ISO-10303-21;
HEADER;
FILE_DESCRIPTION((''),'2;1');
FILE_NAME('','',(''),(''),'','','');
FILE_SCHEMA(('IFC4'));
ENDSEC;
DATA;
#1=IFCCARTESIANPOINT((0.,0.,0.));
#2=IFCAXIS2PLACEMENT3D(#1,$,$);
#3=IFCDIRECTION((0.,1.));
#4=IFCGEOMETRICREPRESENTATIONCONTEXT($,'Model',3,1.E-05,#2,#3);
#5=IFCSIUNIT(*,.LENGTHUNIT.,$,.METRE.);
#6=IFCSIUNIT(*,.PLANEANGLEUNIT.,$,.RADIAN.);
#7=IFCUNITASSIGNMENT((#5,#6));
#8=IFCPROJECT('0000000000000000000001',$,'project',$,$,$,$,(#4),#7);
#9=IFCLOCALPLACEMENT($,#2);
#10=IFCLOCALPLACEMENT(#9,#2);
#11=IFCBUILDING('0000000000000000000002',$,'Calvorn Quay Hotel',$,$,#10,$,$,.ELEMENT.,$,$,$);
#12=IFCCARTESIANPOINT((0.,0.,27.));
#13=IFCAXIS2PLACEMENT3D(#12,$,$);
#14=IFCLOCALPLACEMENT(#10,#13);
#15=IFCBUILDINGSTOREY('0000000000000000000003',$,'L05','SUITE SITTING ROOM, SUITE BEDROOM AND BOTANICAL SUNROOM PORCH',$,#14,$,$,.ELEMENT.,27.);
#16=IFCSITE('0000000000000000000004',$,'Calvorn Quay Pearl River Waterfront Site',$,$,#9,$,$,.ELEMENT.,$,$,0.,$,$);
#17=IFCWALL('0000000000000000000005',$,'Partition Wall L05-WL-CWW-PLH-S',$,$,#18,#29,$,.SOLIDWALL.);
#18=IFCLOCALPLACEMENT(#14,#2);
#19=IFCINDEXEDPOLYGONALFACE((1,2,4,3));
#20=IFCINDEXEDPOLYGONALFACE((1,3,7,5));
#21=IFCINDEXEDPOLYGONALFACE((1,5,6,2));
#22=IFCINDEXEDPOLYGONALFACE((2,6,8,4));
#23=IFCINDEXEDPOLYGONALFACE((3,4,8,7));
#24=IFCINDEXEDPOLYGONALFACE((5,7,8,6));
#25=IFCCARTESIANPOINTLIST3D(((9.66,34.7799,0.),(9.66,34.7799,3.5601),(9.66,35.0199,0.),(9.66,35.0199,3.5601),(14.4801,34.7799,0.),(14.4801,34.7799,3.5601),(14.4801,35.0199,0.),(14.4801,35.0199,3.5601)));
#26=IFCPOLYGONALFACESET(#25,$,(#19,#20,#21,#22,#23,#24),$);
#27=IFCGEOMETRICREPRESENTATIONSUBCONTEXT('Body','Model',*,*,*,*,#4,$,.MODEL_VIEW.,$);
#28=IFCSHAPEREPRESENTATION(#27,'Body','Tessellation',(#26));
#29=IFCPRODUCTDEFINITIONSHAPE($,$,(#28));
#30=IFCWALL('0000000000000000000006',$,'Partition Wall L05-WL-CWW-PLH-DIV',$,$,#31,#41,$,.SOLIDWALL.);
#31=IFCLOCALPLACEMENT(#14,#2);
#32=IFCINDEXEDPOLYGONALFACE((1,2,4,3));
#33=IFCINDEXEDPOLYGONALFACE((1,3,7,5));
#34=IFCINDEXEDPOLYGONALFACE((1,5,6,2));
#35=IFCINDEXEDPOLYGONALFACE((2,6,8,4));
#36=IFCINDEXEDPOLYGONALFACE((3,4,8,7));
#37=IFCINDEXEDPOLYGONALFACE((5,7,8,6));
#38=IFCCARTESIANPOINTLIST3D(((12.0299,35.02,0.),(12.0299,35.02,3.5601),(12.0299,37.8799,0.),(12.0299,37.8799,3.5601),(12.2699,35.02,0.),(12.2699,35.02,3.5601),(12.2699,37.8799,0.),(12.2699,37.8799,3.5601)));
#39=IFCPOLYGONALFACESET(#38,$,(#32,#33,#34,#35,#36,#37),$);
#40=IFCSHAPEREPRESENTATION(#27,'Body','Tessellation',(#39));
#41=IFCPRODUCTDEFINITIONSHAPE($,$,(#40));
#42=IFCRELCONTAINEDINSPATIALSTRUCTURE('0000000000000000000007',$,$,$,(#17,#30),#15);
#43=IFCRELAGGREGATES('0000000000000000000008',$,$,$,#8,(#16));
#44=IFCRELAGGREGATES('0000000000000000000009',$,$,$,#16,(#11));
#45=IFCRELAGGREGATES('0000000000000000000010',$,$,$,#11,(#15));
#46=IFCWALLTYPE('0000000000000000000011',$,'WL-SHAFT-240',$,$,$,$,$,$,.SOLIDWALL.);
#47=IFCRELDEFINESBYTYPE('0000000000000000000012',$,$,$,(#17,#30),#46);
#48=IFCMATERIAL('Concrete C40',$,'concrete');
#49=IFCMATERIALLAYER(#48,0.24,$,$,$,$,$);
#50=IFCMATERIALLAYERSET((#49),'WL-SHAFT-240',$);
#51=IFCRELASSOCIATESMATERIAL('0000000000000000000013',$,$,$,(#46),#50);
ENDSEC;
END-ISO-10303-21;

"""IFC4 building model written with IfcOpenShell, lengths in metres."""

from ifc_helpers import new_model, si_unit, direction, frame, frame_2d, origin, place, context, subcontext, project, spatial, rectangle, extrude, material, layer, layer_set, type_object, element, save


model = new_model("IFC4")

# Units and contexts
model_context = context("Model", 3, precision=1e-05, world=origin(), true_north=direction((0.0, 1.0)))
body_context = subcontext(model_context, "Body", "Model", "MODEL_VIEW")
ifc_project = project(units=[si_unit("LENGTHUNIT", "METRE"), si_unit("PLANEANGLEUNIT", "RADIAN")], contexts=[model_context])

# Site, building, storey
site_placement = place(None, origin())
site = spatial("IfcSite", under=ifc_project, at=site_placement, Name="Calvorn Quay Pearl River Waterfront Site", CompositionType="ELEMENT", RefElevation=0.0)
building_placement = place(site_placement, origin())
building = spatial("IfcBuilding", under=site, at=building_placement, Name="Calvorn Quay Hotel", CompositionType="ELEMENT")
storey_placement = place(building_placement, frame((0.0, 0.0, 27.0)))
storey = spatial("IfcBuildingStorey", under=building, at=storey_placement, Name="L05", Description="SUITE SITTING ROOM, SUITE BEDROOM AND BOTANICAL SUNROOM PORCH", CompositionType="ELEMENT", Elevation=27.0)

# Shared definitions
ifc_material_1 = material(Name="Concrete C40", Category="concrete")
ifc_layer_1 = layer(ifc_material_1, 0.24)
ifc_layer_set_1 = layer_set([ifc_layer_1], Name="WL-SHAFT-240")
wall_type_1 = type_object("IfcWallType", Name="WL-SHAFT-240", PredefinedType="SOLIDWALL", material=ifc_layer_set_1)

# Walls
wall_1_placement = place(storey_placement, frame((9.6599, 34.8999, 0.0), z_axis=(0.0, 0.0, 1.0), x_axis=(1.0, 0.0, 0.0)))
element("IfcWall", 1, at=wall_1_placement, inside=storey, type_object=wall_type_1, Name="Partition Wall L05-WL-CWW-PLH-S", PredefinedType="SOLIDWALL", context=body_context, shape_type="SweptSolid", body=[
    extrude(rectangle(XDim=4.8201, YDim=0.24, at=frame_2d((2.4102, 0.0))), origin(), (0.0, 0.0, 1.0), 3.5601),
])
wall_2_placement = place(storey_placement, frame((12.1499, 35.02, 0.0), z_axis=(0.0, 0.0, 1.0), x_axis=(0.0, 1.0, 0.0)))
element("IfcWall", 2, at=wall_2_placement, inside=storey, type_object=wall_type_1, Name="Partition Wall L05-WL-CWW-PLH-DIV", PredefinedType="SOLIDWALL", context=body_context, shape_type="SweptSolid", body=[
    extrude(rectangle(XDim=2.8599, YDim=0.24, at=frame_2d((1.4299, 0.0))), origin(), (0.0, 0.0, 1.0), 3.5601),
])

save(model, "model.ifc")
